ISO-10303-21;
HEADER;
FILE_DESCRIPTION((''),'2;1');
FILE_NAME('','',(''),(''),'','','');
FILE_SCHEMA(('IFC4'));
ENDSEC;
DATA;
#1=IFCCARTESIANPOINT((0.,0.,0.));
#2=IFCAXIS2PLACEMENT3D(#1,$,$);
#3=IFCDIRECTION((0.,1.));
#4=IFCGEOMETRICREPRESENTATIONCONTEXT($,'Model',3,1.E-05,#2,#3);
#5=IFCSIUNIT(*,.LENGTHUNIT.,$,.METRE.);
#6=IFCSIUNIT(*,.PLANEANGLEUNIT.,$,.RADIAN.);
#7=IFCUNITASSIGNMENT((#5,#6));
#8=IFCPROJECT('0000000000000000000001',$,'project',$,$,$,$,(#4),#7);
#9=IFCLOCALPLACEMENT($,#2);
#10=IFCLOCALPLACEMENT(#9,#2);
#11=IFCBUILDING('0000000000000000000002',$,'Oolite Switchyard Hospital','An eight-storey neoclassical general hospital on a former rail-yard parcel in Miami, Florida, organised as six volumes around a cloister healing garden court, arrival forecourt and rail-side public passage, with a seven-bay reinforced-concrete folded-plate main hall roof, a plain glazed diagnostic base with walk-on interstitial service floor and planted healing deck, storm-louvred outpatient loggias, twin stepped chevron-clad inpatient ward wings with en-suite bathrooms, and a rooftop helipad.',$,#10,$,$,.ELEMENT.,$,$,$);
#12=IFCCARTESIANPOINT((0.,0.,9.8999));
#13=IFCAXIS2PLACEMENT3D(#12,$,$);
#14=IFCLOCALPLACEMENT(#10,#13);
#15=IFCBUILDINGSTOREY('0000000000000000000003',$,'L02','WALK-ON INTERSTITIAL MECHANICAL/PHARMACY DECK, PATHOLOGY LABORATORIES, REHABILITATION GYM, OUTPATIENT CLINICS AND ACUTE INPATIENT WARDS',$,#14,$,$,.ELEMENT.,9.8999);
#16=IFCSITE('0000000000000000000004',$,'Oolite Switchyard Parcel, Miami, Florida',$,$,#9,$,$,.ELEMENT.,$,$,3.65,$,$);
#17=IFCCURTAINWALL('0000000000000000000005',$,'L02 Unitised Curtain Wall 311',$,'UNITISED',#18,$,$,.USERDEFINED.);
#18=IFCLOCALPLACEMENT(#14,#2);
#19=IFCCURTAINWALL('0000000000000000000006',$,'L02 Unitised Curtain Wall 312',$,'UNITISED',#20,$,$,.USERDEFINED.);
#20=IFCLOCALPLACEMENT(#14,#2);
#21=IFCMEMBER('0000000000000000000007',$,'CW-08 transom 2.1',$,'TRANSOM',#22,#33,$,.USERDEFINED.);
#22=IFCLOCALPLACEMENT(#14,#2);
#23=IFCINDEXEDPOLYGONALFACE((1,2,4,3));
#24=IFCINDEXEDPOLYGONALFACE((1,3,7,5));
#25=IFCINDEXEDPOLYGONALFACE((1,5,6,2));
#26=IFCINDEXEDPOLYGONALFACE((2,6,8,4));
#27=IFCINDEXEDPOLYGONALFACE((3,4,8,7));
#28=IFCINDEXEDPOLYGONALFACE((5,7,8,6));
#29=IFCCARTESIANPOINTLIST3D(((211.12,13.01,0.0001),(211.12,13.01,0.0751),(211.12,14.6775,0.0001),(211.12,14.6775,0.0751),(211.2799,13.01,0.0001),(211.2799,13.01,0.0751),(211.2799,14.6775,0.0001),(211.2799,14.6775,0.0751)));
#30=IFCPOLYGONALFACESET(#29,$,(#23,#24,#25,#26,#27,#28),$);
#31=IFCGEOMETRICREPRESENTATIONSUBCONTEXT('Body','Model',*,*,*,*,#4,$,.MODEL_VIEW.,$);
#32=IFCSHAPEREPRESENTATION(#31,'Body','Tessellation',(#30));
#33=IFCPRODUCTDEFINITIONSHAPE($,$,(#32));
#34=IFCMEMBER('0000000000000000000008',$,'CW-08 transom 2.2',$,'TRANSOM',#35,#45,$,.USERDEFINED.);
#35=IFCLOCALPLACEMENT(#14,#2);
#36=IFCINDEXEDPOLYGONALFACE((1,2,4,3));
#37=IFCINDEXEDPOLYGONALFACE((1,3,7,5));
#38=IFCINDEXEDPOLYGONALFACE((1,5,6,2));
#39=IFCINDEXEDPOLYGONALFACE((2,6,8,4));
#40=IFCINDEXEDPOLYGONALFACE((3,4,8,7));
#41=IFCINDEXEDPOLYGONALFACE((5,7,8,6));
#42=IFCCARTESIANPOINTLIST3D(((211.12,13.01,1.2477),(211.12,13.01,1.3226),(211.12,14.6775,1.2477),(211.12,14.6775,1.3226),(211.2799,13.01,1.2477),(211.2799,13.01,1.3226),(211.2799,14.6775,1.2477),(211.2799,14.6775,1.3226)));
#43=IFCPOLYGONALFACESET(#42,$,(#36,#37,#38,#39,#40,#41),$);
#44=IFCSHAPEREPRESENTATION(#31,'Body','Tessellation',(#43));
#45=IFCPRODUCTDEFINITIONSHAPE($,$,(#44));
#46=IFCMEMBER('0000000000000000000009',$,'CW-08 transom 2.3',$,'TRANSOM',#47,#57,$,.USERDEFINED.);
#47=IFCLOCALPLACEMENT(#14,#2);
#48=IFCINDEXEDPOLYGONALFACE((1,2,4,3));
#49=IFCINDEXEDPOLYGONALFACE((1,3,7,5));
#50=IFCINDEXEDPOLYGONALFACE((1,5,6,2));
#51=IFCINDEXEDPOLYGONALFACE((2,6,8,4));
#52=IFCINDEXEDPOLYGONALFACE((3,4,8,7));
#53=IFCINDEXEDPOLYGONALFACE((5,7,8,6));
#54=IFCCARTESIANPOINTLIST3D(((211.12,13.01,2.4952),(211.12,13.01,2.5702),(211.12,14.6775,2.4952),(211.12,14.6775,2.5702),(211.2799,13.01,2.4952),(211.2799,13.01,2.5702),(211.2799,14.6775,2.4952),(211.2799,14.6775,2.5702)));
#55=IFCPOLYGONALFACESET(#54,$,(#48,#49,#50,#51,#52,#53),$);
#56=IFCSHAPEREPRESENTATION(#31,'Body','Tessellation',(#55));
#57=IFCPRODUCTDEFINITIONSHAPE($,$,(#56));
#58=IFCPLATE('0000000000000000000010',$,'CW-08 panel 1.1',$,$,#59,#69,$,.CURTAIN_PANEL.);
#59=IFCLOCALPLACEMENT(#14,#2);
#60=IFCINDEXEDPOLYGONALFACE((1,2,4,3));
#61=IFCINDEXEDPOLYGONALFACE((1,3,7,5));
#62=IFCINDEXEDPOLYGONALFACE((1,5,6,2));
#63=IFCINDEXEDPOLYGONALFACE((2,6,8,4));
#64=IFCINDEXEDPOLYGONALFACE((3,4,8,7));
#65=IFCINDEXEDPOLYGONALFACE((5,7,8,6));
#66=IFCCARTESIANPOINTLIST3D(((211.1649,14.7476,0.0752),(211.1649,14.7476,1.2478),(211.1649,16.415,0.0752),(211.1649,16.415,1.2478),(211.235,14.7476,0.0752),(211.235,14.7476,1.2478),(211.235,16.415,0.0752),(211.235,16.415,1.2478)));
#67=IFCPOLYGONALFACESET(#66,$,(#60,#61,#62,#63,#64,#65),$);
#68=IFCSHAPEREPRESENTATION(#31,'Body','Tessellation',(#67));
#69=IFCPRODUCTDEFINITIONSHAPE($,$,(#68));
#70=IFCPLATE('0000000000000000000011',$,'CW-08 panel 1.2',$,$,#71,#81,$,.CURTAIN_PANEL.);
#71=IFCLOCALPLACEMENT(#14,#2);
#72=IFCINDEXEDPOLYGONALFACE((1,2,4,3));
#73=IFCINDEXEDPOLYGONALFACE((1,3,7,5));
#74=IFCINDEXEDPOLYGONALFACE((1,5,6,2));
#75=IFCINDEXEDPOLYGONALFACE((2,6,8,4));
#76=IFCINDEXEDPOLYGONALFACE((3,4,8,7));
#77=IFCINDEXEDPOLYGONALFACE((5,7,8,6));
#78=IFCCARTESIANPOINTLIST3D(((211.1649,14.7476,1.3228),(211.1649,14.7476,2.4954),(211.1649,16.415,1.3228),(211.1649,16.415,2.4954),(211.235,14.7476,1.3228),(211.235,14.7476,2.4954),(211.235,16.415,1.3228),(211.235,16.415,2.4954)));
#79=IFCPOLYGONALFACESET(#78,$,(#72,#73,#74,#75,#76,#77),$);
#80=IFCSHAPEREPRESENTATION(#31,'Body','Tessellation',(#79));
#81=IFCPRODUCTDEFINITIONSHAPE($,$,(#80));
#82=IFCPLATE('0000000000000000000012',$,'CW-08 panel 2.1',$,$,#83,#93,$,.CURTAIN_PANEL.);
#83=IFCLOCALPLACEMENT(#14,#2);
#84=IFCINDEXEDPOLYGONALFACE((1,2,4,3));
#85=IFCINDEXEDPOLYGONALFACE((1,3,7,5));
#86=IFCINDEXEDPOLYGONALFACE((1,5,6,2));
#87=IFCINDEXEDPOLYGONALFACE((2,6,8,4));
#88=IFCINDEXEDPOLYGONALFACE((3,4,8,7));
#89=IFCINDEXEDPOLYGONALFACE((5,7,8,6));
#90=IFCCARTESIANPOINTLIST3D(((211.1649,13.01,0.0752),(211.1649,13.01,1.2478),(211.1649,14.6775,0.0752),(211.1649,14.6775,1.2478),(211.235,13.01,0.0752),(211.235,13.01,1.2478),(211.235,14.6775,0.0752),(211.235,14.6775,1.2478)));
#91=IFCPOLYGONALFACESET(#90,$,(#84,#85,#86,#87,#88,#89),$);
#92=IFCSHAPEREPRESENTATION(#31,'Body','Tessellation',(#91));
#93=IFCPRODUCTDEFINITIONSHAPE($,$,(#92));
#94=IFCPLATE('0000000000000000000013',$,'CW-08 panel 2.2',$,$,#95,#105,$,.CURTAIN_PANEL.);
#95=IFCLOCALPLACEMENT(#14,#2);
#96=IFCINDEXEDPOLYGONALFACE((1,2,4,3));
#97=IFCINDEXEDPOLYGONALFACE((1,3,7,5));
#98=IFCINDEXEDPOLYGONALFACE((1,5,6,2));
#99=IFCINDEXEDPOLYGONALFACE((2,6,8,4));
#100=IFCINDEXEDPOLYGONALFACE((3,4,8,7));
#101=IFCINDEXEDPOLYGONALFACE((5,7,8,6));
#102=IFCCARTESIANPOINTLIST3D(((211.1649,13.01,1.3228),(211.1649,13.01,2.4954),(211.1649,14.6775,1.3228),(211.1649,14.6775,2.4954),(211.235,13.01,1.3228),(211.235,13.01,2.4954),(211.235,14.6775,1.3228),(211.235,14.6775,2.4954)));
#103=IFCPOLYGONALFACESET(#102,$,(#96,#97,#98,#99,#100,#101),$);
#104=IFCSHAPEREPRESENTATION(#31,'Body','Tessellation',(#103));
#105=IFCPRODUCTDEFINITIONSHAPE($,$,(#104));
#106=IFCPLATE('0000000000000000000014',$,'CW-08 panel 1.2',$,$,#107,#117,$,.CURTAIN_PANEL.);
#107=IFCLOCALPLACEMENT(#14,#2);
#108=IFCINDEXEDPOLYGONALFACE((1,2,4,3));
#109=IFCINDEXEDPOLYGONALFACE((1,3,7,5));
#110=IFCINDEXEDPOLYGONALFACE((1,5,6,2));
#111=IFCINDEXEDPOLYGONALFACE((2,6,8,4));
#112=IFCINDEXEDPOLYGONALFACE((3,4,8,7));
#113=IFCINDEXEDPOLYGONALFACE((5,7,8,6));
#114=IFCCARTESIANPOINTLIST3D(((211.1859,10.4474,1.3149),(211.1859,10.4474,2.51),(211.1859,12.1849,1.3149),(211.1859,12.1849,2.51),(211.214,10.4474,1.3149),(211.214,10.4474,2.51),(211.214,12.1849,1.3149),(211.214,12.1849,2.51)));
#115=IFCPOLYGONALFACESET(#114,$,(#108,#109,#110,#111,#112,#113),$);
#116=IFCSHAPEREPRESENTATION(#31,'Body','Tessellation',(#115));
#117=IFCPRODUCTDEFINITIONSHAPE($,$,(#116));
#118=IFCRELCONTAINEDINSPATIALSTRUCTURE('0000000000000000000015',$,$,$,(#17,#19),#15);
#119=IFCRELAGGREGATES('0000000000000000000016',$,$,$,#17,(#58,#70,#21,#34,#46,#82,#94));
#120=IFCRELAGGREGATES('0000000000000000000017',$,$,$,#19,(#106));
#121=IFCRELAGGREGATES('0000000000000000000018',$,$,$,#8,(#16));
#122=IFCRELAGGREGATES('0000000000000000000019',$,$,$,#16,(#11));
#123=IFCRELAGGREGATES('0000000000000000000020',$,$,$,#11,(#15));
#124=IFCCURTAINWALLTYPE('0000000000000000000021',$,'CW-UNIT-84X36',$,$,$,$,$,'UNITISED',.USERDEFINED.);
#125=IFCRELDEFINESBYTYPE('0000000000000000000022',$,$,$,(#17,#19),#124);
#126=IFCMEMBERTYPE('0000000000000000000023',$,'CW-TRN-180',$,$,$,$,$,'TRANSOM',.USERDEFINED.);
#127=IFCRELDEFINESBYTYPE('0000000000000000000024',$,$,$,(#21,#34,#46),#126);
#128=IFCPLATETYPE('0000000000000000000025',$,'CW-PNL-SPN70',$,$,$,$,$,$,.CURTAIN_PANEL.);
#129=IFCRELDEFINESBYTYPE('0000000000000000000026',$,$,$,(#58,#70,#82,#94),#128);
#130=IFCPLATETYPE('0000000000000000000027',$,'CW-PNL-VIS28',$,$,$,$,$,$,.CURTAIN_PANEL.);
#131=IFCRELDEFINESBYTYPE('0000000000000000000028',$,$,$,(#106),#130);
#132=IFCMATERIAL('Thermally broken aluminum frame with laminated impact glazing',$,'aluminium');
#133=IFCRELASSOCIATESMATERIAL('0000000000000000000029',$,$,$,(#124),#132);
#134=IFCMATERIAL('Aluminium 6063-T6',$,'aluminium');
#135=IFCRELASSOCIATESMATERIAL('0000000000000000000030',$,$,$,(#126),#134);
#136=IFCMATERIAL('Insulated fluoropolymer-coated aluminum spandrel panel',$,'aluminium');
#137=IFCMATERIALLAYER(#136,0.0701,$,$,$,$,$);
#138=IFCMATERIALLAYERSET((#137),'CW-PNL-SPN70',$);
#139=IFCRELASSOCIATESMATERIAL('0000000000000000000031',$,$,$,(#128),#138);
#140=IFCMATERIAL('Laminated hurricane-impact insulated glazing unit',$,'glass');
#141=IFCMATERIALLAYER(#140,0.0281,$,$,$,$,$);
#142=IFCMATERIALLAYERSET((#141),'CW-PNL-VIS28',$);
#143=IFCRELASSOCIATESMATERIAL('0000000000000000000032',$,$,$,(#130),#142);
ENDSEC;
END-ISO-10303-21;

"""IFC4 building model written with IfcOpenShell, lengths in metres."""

from ifc_helpers import new_model, si_unit, direction, frame, origin, origin_2d, place, context, subcontext, project, spatial, rectangle, extrude, material, layer, layer_set, material_profile, profile_set, type_object, element, aggregate, save


model = new_model("IFC4")

# Units and contexts
model_context = context("Model", 3, precision=1e-05, world=origin(), true_north=direction((0.0, 1.0)))
body_context = subcontext(model_context, "Body", "Model", "MODEL_VIEW")
ifc_project = project(units=[si_unit("LENGTHUNIT", "METRE"), si_unit("PLANEANGLEUNIT", "RADIAN")], contexts=[model_context])

# Site, building, storey
site_placement = place(None, origin())
site = spatial("IfcSite", under=ifc_project, at=site_placement, Name="Oolite Switchyard Parcel, Miami, Florida", CompositionType="ELEMENT", RefElevation=3.65)
building_placement = place(site_placement, origin())
building = spatial("IfcBuilding", under=site, at=building_placement, Name="Oolite Switchyard Hospital", Description="An eight-storey neoclassical general hospital on a former rail-yard parcel in Miami, Florida, organised as six volumes around a cloister healing garden court, arrival forecourt and rail-side public passage, with a seven-bay reinforced-concrete folded-plate main hall roof, a plain glazed diagnostic base with walk-on interstitial service floor and planted healing deck, storm-louvred outpatient loggias, twin stepped chevron-clad inpatient ward wings with en-suite bathrooms, and a rooftop helipad.", CompositionType="ELEMENT")
storey_placement = place(building_placement, frame((0.0, 0.0, 9.8999)))
storey = spatial("IfcBuildingStorey", under=building, at=storey_placement, Name="L02", Description="WALK-ON INTERSTITIAL MECHANICAL/PHARMACY DECK, PATHOLOGY LABORATORIES, REHABILITATION GYM, OUTPATIENT CLINICS AND ACUTE INPATIENT WARDS", CompositionType="ELEMENT", Elevation=9.8999)

# Curtain walls
ifc_material_1 = material(Name="Thermally broken aluminum frame with laminated impact glazing", Category="aluminium")
curtain_wall_type = type_object("IfcCurtainWallType", Name="CW-UNIT-84X36", ElementType="UNITISED", PredefinedType="USERDEFINED", material=ifc_material_1)
curtain_wall_1_placement = place(storey_placement, origin())
curtain_wall_1 = element("IfcCurtainWall", 1, at=curtain_wall_1_placement, inside=storey, type_object=curtain_wall_type, Name="L02 Unitised Curtain Wall 311", ObjectType="UNITISED", PredefinedType="USERDEFINED")
ifc_material_2 = material(Name="Aluminium 6063-T6", Category="aluminium")
curtain_wall_2_placement = place(storey_placement, origin())
curtain_wall_2 = element("IfcCurtainWall", 2, at=curtain_wall_2_placement, inside=storey, type_object=curtain_wall_type, Name="L02 Unitised Curtain Wall 312", ObjectType="UNITISED", PredefinedType="USERDEFINED")

# Members
ifc_material_profile_1 = material_profile(ifc_material_2, rectangle(XDim=0.1599, YDim=0.075, at=origin_2d()), Name="CWT75X160")
ifc_profile_set_1 = profile_set([ifc_material_profile_1], Name="Aluminium 6063-T6")
member_type_1 = type_object("IfcMemberType", Name="CW-TRN-180", ElementType="TRANSOM", PredefinedType="USERDEFINED", material=ifc_profile_set_1)
member_1_placement = place(storey_placement, frame((211.2, 14.6775, 0.0376), z_axis=(0.0, -1.0, 0.0), x_axis=(1.0, 0.0, 0.0)))
member_1 = element("IfcMember", 3, at=member_1_placement, type_object=member_type_1, Name="CW-08 transom 2.1", ObjectType="TRANSOM", PredefinedType="USERDEFINED", context=body_context, shape_type="SweptSolid", body=[
    extrude(rectangle(XDim=0.1599, YDim=0.075, at=origin_2d()), origin(), (0.0, 0.0, 1.0), 1.6675),
])
member_2_placement = place(storey_placement, frame((211.2, 14.6775, 1.2852), z_axis=(0.0, -1.0, 0.0), x_axis=(1.0, 0.0, 0.0)))
member_2 = element("IfcMember", 4, at=member_2_placement, type_object=member_type_1, Name="CW-08 transom 2.2", ObjectType="TRANSOM", PredefinedType="USERDEFINED", context=body_context, shape_type="SweptSolid", body=[
    extrude(rectangle(XDim=0.1599, YDim=0.075, at=origin_2d()), origin(), (0.0, 0.0, 1.0), 1.6675),
])
member_3_placement = place(storey_placement, frame((211.2, 14.6775, 2.5327), z_axis=(0.0, -1.0, 0.0), x_axis=(1.0, 0.0, 0.0)))
member_3 = element("IfcMember", 5, at=member_3_placement, type_object=member_type_1, Name="CW-08 transom 2.3", ObjectType="TRANSOM", PredefinedType="USERDEFINED", context=body_context, shape_type="SweptSolid", body=[
    extrude(rectangle(XDim=0.1599, YDim=0.075, at=origin_2d()), origin(), (0.0, 0.0, 1.0), 1.6675),
])

# Plates
ifc_material_3 = material(Name="Insulated fluoropolymer-coated aluminum spandrel panel", Category="aluminium")
ifc_layer_1 = layer(ifc_material_3, 0.0701)
ifc_layer_set_1 = layer_set([ifc_layer_1], Name="CW-PNL-SPN70")
plate_type_1 = type_object("IfcPlateType", Name="CW-PNL-SPN70", PredefinedType="CURTAIN_PANEL", material=ifc_layer_set_1)
plate_1_placement = place(storey_placement, frame((211.2, 15.5813, 0.0752), z_axis=(0.0, 0.0, 1.0), x_axis=(0.0, -1.0, 0.0)))
plate_1 = element("IfcPlate", 6, at=plate_1_placement, type_object=plate_type_1, Name="CW-08 panel 1.1", PredefinedType="CURTAIN_PANEL", context=body_context, shape_type="SweptSolid", body=[
    extrude(rectangle(XDim=1.6675, YDim=0.0701, at=origin_2d()), origin(), (0.0, 0.0, 1.0), 1.1726),
])
plate_2_placement = place(storey_placement, frame((211.2, 15.5813, 1.3228), z_axis=(0.0, 0.0, 1.0), x_axis=(0.0, -1.0, 0.0)))
plate_2 = element("IfcPlate", 7, at=plate_2_placement, type_object=plate_type_1, Name="CW-08 panel 1.2", PredefinedType="CURTAIN_PANEL", context=body_context, shape_type="SweptSolid", body=[
    extrude(rectangle(XDim=1.6675, YDim=0.0701, at=origin_2d()), origin(), (0.0, 0.0, 1.0), 1.1726),
])
plate_3_placement = place(storey_placement, frame((211.2, 13.8438, 0.0752), z_axis=(0.0, 0.0, 1.0), x_axis=(0.0, -1.0, 0.0)))
plate_3 = element("IfcPlate", 8, at=plate_3_placement, type_object=plate_type_1, Name="CW-08 panel 2.1", PredefinedType="CURTAIN_PANEL", context=body_context, shape_type="SweptSolid", body=[
    extrude(rectangle(XDim=1.6675, YDim=0.0701, at=origin_2d()), origin(), (0.0, 0.0, 1.0), 1.1726),
])
plate_4_placement = place(storey_placement, frame((211.2, 13.8438, 1.3228), z_axis=(0.0, 0.0, 1.0), x_axis=(0.0, -1.0, 0.0)))
plate_4 = element("IfcPlate", 9, at=plate_4_placement, type_object=plate_type_1, Name="CW-08 panel 2.2", PredefinedType="CURTAIN_PANEL", context=body_context, shape_type="SweptSolid", body=[
    extrude(rectangle(XDim=1.6675, YDim=0.0701, at=origin_2d()), origin(), (0.0, 0.0, 1.0), 1.1726),
])
aggregate(curtain_wall_1, [plate_1, plate_2, member_1, member_2, member_3, plate_3, plate_4])
ifc_material_4 = material(Name="Laminated hurricane-impact insulated glazing unit", Category="glass")
ifc_layer_2 = layer(ifc_material_4, 0.0281)
ifc_layer_set_2 = layer_set([ifc_layer_2], Name="CW-PNL-VIS28")
plate_type_2 = type_object("IfcPlateType", Name="CW-PNL-VIS28", PredefinedType="CURTAIN_PANEL", material=ifc_layer_set_2)
plate_5_placement = place(storey_placement, frame((211.2, 11.3162, 1.3149), z_axis=(0.0, 0.0, 1.0), x_axis=(0.0, -1.0, 0.0)))
plate_5 = element("IfcPlate", 10, at=plate_5_placement, type_object=plate_type_2, Name="CW-08 panel 1.2", PredefinedType="CURTAIN_PANEL", context=body_context, shape_type="SweptSolid", body=[
    extrude(rectangle(XDim=1.7375, YDim=0.0281, at=origin_2d()), origin(), (0.0, 0.0, 1.0), 1.1951),
])
aggregate(curtain_wall_2, [plate_5])

save(model, "model.ifc")
